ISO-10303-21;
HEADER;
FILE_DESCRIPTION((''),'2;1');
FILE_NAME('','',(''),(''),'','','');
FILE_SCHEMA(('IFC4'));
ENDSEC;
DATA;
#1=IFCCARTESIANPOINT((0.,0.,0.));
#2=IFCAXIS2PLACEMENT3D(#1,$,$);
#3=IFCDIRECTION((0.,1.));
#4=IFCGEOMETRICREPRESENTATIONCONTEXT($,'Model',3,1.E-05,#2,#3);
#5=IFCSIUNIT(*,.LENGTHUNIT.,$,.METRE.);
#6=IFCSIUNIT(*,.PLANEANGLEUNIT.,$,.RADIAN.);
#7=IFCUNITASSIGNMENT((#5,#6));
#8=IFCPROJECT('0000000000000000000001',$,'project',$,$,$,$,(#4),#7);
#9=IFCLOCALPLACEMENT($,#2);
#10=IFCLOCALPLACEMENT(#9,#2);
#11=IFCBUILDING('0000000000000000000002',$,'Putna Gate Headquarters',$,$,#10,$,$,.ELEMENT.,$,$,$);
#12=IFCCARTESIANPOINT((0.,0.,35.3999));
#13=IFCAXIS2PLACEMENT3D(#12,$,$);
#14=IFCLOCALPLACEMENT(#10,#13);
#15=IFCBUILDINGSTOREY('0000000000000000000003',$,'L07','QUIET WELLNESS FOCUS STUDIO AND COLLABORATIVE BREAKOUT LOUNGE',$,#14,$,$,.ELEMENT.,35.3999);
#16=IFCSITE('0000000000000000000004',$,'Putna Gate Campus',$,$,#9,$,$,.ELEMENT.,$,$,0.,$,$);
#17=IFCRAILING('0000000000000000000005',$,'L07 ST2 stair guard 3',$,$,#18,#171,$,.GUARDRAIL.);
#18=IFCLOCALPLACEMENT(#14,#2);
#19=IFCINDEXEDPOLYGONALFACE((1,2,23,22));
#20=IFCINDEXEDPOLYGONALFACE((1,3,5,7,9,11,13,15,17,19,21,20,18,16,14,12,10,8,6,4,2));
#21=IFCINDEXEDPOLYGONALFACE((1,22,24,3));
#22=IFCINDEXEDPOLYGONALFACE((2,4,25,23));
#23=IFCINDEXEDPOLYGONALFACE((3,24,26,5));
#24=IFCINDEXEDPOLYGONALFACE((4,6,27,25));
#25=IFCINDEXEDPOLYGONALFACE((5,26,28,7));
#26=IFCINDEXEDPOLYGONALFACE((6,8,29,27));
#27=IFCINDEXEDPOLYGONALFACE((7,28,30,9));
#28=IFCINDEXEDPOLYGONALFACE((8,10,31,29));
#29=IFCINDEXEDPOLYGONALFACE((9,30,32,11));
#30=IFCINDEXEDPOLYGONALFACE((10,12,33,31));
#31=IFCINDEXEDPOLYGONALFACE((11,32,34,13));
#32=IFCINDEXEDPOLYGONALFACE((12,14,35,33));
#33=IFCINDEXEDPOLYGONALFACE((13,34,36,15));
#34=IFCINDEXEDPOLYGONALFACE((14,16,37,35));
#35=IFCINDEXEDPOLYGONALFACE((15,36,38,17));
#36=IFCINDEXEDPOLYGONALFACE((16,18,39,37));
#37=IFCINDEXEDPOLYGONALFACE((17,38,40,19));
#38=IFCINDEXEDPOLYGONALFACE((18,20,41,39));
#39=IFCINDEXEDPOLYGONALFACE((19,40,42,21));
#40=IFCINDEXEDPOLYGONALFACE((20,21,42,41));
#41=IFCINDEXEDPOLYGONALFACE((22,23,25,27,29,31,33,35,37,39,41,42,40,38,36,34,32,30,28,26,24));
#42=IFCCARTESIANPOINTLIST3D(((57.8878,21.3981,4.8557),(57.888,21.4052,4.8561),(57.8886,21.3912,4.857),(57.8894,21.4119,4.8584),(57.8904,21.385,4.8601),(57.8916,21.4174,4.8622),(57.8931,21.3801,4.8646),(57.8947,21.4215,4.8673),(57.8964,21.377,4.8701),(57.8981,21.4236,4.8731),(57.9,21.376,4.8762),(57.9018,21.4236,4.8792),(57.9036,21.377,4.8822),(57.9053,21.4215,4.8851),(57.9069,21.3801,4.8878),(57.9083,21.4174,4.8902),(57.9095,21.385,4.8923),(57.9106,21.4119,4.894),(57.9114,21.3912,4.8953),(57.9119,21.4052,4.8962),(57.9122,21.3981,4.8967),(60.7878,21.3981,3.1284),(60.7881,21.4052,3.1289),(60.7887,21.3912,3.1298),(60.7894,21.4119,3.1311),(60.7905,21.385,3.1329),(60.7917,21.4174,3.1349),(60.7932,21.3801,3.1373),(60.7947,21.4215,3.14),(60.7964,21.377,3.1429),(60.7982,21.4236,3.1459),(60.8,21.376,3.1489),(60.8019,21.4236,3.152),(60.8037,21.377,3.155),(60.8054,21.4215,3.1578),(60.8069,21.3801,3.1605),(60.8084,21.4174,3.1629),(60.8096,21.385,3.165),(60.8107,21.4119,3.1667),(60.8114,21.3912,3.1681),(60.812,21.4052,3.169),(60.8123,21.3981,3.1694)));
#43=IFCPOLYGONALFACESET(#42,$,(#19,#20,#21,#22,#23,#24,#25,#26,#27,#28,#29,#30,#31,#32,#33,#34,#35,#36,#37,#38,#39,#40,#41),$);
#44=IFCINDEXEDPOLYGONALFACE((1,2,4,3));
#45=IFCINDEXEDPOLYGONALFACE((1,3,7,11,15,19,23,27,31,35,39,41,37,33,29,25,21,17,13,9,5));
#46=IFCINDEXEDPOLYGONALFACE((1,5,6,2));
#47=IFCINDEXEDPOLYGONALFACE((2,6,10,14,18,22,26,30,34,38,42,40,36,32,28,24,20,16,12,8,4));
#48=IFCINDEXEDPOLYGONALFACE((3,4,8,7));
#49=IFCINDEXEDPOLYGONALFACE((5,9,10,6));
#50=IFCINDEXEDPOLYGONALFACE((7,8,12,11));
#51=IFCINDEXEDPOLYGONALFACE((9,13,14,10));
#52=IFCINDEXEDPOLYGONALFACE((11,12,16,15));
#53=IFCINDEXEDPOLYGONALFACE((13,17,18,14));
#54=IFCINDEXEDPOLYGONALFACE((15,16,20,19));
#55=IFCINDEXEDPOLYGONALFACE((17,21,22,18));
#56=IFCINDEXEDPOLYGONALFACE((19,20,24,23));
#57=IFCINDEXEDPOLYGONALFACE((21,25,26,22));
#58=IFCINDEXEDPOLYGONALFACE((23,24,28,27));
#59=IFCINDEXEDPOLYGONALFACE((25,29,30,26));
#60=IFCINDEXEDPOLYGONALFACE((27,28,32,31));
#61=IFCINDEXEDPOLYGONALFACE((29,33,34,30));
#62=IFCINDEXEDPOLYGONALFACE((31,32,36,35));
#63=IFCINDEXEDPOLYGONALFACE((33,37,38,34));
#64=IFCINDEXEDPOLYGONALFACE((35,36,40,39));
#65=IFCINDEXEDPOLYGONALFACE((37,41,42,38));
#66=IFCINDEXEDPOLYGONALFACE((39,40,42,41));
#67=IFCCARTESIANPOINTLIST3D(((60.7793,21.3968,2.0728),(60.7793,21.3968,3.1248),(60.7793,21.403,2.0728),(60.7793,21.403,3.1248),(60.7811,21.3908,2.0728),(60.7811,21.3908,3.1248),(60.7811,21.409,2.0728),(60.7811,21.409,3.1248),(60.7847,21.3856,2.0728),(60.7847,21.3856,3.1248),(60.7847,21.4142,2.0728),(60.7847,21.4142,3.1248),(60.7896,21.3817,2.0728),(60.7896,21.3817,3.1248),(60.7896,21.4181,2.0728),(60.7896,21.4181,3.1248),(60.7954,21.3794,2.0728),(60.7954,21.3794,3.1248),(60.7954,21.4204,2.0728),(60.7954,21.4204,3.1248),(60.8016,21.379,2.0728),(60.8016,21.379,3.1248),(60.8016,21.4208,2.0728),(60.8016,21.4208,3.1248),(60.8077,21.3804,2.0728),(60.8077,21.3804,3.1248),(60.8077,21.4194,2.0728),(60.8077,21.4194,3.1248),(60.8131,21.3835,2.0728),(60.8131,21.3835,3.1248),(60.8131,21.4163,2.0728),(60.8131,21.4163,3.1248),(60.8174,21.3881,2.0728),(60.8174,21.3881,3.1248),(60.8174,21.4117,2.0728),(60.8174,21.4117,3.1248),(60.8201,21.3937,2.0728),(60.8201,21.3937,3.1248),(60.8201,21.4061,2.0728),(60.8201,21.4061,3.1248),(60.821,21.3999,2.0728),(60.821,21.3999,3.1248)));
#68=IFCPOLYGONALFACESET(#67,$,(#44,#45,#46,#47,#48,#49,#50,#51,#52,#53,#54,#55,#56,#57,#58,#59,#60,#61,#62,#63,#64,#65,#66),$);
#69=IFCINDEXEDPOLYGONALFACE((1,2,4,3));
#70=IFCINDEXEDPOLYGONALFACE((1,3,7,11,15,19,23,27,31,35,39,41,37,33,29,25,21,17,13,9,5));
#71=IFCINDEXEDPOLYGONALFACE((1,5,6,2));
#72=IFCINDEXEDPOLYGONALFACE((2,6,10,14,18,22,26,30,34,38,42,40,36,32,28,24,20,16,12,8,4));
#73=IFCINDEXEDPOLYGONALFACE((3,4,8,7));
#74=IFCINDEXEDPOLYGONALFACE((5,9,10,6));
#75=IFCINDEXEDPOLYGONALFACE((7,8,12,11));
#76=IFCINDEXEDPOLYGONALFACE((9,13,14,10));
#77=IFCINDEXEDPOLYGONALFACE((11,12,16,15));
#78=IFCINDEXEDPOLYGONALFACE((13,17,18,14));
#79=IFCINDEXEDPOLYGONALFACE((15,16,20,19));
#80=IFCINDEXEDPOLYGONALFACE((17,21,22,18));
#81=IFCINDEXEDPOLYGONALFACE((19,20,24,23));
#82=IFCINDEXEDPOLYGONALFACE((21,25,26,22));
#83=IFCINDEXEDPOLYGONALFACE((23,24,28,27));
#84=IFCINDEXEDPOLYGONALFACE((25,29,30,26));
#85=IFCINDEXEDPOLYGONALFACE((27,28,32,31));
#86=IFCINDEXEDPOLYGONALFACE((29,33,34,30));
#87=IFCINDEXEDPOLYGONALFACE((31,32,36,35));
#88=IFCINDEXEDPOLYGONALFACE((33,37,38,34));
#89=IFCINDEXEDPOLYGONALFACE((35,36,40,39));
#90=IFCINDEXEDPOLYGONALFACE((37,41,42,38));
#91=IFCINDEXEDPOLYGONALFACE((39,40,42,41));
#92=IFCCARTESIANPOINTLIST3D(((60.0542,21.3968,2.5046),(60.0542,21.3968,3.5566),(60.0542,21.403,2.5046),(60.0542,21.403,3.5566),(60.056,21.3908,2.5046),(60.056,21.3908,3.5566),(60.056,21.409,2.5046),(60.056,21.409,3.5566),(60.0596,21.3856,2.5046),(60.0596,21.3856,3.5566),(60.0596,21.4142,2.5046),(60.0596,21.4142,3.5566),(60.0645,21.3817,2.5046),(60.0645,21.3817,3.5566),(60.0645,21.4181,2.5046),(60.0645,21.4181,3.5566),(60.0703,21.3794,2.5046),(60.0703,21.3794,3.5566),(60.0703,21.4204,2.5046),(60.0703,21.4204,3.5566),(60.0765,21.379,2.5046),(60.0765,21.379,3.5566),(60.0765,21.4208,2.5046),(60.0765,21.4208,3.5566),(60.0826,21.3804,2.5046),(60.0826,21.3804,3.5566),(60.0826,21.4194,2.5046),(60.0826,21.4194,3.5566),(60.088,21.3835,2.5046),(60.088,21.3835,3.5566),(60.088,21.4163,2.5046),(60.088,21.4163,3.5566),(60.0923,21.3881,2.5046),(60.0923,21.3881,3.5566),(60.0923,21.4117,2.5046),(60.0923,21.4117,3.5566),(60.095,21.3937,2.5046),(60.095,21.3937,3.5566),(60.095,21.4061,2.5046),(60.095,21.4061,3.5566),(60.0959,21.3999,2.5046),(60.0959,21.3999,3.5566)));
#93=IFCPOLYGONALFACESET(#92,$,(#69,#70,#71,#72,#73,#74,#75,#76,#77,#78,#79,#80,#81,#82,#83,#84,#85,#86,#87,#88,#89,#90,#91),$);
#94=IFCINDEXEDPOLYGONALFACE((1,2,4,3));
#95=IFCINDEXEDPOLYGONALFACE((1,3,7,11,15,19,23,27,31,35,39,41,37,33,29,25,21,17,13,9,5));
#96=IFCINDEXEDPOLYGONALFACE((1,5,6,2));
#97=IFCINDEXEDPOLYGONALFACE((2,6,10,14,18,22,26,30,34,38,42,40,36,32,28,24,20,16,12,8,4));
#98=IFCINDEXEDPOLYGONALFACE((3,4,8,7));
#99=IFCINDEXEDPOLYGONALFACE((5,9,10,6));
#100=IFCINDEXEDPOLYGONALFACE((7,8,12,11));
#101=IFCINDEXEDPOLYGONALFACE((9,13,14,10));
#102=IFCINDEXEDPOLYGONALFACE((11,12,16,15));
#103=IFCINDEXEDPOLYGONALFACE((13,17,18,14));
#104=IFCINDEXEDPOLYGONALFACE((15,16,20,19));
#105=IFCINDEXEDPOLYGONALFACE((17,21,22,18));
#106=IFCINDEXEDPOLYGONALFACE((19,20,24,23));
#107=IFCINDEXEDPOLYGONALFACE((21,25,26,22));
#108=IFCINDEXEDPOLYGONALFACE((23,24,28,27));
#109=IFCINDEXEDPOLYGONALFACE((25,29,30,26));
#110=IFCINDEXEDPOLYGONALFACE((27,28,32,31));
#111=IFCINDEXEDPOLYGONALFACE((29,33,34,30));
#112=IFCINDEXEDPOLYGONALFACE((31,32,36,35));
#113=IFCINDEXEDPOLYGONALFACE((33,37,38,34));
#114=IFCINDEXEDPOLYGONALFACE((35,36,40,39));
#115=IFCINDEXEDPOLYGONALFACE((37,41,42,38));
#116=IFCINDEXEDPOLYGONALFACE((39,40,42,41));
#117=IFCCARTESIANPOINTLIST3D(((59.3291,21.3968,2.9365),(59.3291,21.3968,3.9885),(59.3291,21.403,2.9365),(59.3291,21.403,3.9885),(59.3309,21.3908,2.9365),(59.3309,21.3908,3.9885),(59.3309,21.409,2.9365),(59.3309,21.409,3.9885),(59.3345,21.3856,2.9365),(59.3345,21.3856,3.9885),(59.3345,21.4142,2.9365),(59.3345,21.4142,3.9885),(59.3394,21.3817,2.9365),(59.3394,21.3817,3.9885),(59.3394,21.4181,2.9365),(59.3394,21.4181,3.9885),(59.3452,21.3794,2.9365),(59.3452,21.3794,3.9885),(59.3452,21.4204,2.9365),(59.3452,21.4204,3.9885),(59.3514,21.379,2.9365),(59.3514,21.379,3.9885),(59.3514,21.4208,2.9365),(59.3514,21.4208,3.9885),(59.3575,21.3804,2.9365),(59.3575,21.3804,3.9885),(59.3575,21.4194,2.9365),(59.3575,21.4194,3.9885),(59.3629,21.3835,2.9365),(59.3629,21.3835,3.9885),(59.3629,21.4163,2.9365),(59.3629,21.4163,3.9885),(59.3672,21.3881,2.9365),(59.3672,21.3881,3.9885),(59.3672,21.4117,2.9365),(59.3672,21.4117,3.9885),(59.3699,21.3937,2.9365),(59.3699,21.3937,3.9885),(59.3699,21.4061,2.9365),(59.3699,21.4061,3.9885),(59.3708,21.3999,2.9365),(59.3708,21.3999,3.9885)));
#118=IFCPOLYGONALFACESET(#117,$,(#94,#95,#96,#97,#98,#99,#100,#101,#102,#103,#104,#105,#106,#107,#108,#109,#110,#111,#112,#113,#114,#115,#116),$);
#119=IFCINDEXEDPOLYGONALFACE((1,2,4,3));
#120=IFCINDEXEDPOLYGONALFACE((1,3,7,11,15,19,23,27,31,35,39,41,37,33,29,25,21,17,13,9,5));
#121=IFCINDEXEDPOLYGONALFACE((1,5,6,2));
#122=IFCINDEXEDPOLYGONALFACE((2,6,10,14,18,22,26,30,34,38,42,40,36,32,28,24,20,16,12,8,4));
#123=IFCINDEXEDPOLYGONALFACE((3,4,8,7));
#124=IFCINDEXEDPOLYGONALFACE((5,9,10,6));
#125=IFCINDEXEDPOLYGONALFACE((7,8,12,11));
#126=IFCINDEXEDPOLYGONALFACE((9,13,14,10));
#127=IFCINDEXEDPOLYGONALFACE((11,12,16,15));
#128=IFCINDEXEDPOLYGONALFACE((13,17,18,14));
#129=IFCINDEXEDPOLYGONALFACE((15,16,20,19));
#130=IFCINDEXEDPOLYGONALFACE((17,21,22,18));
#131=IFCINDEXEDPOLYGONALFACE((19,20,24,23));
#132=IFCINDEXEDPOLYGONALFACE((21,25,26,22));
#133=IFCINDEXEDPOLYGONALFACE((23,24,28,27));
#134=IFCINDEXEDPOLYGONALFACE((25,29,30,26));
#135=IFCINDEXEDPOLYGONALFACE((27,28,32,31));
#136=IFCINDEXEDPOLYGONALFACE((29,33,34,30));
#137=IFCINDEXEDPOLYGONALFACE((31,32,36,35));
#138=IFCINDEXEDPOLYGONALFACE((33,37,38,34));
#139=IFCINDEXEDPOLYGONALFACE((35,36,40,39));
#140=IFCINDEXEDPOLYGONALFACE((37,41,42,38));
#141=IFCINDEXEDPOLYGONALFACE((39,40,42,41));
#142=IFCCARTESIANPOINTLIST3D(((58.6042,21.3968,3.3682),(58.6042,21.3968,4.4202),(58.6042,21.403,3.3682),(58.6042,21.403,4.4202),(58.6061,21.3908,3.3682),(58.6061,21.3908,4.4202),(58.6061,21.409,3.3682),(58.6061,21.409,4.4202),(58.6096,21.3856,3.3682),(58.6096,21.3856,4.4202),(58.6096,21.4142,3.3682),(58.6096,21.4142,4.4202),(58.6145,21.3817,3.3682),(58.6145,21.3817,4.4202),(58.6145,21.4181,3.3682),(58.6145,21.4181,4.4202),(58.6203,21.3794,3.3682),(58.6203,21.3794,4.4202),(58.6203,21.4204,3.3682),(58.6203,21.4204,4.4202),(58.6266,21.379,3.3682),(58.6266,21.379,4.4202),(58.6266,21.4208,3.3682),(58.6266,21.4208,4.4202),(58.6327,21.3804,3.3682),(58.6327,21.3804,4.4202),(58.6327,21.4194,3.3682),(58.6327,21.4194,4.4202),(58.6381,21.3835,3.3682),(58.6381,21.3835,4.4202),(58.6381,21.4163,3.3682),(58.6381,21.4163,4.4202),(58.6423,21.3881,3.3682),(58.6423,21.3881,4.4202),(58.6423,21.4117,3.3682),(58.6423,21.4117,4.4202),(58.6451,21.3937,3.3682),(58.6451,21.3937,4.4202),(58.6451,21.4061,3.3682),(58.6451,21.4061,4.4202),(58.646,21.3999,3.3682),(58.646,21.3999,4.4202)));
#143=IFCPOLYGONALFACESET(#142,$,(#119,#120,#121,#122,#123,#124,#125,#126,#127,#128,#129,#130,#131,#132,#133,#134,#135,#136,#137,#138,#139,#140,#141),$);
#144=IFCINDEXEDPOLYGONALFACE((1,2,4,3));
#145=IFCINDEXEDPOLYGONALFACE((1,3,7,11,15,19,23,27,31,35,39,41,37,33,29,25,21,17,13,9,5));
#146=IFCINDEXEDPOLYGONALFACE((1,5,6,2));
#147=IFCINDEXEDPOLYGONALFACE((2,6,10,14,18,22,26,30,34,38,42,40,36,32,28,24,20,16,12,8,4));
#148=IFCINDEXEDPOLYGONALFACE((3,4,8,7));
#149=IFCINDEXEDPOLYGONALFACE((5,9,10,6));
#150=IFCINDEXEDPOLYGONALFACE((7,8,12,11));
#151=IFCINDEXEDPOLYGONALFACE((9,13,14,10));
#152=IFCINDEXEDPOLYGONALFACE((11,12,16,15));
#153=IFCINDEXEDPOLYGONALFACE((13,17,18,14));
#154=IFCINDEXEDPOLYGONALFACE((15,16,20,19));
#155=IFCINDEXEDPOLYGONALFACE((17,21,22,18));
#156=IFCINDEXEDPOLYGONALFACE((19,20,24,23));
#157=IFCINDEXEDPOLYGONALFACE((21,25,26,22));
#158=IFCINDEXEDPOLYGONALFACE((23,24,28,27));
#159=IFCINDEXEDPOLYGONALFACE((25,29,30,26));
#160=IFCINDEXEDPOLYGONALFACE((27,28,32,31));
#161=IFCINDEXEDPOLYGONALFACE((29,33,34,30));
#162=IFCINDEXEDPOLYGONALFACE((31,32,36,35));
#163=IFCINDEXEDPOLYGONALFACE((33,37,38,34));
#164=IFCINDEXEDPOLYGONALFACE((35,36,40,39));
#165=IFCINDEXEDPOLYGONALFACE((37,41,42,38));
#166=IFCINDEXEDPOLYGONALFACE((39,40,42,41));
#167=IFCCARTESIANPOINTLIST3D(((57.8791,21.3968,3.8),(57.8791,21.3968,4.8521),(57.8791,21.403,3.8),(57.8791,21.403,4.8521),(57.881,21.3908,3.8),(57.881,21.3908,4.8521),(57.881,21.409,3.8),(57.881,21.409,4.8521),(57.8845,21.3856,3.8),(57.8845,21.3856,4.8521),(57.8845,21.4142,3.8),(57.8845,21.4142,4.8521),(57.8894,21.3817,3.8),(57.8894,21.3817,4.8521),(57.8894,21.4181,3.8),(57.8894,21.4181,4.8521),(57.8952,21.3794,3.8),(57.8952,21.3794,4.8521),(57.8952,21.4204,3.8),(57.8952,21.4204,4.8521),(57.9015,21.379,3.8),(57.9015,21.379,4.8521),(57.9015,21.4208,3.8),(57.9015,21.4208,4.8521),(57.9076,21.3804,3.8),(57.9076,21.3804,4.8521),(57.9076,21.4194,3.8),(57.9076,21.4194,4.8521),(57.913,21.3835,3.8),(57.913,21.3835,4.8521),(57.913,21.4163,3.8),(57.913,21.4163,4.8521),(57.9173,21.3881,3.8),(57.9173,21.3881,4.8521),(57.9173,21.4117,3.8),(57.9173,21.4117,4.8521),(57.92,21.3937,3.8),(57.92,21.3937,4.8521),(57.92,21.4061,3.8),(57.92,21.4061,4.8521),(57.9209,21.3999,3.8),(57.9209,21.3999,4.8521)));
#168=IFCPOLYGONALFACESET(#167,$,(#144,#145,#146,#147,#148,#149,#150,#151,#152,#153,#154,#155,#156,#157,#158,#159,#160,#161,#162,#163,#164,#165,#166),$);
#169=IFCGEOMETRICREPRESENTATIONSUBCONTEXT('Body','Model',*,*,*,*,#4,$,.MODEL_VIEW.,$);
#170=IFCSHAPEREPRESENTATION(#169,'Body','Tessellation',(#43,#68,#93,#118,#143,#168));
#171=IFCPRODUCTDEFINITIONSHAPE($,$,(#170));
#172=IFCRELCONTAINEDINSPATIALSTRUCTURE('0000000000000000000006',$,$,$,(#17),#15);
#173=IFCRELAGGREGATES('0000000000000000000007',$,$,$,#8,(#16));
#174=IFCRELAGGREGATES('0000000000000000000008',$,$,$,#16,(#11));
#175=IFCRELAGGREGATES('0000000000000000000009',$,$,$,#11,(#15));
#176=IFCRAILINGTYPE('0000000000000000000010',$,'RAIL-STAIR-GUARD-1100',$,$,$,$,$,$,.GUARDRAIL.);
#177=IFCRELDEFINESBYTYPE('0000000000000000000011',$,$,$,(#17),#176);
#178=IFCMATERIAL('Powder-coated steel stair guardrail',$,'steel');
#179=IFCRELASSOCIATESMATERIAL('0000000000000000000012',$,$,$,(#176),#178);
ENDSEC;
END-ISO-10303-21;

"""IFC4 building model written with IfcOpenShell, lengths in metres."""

from ifc_helpers import new_model, si_unit, direction, frame, origin, origin_2d, place, context, subcontext, project, spatial, circle, extrude, material, type_object, element, save


model = new_model("IFC4")

# Units and contexts
model_context = context("Model", 3, precision=1e-05, world=origin(), true_north=direction((0.0, 1.0)))
body_context = subcontext(model_context, "Body", "Model", "MODEL_VIEW")
ifc_project = project(units=[si_unit("LENGTHUNIT", "METRE"), si_unit("PLANEANGLEUNIT", "RADIAN")], contexts=[model_context])

# Site, building, storey
site_placement = place(None, origin())
site = spatial("IfcSite", under=ifc_project, at=site_placement, Name="Putna Gate Campus", CompositionType="ELEMENT", RefElevation=0.0)
building_placement = place(site_placement, origin())
building = spatial("IfcBuilding", under=site, at=building_placement, Name="Putna Gate Headquarters", CompositionType="ELEMENT")
storey_placement = place(building_placement, frame((0.0, 0.0, 35.3999)))
storey = spatial("IfcBuildingStorey", under=building, at=storey_placement, Name="L07", Description="QUIET WELLNESS FOCUS STUDIO AND COLLABORATIVE BREAKOUT LOUNGE", CompositionType="ELEMENT", Elevation=35.3999)

# Railing
ifc_material_1 = material(Name="Powder-coated steel stair guardrail", Category="steel")
railing_type = type_object("IfcRailingType", Name="RAIL-STAIR-GUARD-1100", PredefinedType="GUARDRAIL", material=ifc_material_1)
railing_1_placement = place(storey_placement, frame((60.8, 21.3999, 2.0728)))
element("IfcRailing", 1, at=railing_1_placement, inside=storey, type_object=railing_type, Name="L07 ST2 stair guard 3", PredefinedType="GUARDRAIL", context=body_context, shape_type="SweptSolid", body=[
    extrude(circle(Radius=0.0239, at=origin_2d()), frame((0.0, 0.0, 1.0762), z_axis=(-0.85916, 0.0, 0.511706), x_axis=(0.0, -1.0, 0.0)), (0.0, 0.0, 1.0), 3.3755),
    extrude(circle(Radius=0.021, at=origin_2d()), origin(), (0.0, 0.0, 1.0), 1.052),
    extrude(circle(Radius=0.021, at=origin_2d()), frame((-0.7251, 0.0, 0.4319)), (0.0, 0.0, 1.0), 1.052),
    extrude(circle(Radius=0.021, at=origin_2d()), frame((-1.4502, 0.0, 0.8638)), (0.0, 0.0, 1.0), 1.052),
    extrude(circle(Radius=0.021, at=origin_2d()), frame((-2.175, 0.0, 1.2954)), (0.0, 0.0, 1.0), 1.052),
    extrude(circle(Radius=0.021, at=origin_2d()), frame((-2.9001, 0.0, 1.7273)), (0.0, 0.0, 1.0), 1.052),
])

save(model, "model.ifc")
